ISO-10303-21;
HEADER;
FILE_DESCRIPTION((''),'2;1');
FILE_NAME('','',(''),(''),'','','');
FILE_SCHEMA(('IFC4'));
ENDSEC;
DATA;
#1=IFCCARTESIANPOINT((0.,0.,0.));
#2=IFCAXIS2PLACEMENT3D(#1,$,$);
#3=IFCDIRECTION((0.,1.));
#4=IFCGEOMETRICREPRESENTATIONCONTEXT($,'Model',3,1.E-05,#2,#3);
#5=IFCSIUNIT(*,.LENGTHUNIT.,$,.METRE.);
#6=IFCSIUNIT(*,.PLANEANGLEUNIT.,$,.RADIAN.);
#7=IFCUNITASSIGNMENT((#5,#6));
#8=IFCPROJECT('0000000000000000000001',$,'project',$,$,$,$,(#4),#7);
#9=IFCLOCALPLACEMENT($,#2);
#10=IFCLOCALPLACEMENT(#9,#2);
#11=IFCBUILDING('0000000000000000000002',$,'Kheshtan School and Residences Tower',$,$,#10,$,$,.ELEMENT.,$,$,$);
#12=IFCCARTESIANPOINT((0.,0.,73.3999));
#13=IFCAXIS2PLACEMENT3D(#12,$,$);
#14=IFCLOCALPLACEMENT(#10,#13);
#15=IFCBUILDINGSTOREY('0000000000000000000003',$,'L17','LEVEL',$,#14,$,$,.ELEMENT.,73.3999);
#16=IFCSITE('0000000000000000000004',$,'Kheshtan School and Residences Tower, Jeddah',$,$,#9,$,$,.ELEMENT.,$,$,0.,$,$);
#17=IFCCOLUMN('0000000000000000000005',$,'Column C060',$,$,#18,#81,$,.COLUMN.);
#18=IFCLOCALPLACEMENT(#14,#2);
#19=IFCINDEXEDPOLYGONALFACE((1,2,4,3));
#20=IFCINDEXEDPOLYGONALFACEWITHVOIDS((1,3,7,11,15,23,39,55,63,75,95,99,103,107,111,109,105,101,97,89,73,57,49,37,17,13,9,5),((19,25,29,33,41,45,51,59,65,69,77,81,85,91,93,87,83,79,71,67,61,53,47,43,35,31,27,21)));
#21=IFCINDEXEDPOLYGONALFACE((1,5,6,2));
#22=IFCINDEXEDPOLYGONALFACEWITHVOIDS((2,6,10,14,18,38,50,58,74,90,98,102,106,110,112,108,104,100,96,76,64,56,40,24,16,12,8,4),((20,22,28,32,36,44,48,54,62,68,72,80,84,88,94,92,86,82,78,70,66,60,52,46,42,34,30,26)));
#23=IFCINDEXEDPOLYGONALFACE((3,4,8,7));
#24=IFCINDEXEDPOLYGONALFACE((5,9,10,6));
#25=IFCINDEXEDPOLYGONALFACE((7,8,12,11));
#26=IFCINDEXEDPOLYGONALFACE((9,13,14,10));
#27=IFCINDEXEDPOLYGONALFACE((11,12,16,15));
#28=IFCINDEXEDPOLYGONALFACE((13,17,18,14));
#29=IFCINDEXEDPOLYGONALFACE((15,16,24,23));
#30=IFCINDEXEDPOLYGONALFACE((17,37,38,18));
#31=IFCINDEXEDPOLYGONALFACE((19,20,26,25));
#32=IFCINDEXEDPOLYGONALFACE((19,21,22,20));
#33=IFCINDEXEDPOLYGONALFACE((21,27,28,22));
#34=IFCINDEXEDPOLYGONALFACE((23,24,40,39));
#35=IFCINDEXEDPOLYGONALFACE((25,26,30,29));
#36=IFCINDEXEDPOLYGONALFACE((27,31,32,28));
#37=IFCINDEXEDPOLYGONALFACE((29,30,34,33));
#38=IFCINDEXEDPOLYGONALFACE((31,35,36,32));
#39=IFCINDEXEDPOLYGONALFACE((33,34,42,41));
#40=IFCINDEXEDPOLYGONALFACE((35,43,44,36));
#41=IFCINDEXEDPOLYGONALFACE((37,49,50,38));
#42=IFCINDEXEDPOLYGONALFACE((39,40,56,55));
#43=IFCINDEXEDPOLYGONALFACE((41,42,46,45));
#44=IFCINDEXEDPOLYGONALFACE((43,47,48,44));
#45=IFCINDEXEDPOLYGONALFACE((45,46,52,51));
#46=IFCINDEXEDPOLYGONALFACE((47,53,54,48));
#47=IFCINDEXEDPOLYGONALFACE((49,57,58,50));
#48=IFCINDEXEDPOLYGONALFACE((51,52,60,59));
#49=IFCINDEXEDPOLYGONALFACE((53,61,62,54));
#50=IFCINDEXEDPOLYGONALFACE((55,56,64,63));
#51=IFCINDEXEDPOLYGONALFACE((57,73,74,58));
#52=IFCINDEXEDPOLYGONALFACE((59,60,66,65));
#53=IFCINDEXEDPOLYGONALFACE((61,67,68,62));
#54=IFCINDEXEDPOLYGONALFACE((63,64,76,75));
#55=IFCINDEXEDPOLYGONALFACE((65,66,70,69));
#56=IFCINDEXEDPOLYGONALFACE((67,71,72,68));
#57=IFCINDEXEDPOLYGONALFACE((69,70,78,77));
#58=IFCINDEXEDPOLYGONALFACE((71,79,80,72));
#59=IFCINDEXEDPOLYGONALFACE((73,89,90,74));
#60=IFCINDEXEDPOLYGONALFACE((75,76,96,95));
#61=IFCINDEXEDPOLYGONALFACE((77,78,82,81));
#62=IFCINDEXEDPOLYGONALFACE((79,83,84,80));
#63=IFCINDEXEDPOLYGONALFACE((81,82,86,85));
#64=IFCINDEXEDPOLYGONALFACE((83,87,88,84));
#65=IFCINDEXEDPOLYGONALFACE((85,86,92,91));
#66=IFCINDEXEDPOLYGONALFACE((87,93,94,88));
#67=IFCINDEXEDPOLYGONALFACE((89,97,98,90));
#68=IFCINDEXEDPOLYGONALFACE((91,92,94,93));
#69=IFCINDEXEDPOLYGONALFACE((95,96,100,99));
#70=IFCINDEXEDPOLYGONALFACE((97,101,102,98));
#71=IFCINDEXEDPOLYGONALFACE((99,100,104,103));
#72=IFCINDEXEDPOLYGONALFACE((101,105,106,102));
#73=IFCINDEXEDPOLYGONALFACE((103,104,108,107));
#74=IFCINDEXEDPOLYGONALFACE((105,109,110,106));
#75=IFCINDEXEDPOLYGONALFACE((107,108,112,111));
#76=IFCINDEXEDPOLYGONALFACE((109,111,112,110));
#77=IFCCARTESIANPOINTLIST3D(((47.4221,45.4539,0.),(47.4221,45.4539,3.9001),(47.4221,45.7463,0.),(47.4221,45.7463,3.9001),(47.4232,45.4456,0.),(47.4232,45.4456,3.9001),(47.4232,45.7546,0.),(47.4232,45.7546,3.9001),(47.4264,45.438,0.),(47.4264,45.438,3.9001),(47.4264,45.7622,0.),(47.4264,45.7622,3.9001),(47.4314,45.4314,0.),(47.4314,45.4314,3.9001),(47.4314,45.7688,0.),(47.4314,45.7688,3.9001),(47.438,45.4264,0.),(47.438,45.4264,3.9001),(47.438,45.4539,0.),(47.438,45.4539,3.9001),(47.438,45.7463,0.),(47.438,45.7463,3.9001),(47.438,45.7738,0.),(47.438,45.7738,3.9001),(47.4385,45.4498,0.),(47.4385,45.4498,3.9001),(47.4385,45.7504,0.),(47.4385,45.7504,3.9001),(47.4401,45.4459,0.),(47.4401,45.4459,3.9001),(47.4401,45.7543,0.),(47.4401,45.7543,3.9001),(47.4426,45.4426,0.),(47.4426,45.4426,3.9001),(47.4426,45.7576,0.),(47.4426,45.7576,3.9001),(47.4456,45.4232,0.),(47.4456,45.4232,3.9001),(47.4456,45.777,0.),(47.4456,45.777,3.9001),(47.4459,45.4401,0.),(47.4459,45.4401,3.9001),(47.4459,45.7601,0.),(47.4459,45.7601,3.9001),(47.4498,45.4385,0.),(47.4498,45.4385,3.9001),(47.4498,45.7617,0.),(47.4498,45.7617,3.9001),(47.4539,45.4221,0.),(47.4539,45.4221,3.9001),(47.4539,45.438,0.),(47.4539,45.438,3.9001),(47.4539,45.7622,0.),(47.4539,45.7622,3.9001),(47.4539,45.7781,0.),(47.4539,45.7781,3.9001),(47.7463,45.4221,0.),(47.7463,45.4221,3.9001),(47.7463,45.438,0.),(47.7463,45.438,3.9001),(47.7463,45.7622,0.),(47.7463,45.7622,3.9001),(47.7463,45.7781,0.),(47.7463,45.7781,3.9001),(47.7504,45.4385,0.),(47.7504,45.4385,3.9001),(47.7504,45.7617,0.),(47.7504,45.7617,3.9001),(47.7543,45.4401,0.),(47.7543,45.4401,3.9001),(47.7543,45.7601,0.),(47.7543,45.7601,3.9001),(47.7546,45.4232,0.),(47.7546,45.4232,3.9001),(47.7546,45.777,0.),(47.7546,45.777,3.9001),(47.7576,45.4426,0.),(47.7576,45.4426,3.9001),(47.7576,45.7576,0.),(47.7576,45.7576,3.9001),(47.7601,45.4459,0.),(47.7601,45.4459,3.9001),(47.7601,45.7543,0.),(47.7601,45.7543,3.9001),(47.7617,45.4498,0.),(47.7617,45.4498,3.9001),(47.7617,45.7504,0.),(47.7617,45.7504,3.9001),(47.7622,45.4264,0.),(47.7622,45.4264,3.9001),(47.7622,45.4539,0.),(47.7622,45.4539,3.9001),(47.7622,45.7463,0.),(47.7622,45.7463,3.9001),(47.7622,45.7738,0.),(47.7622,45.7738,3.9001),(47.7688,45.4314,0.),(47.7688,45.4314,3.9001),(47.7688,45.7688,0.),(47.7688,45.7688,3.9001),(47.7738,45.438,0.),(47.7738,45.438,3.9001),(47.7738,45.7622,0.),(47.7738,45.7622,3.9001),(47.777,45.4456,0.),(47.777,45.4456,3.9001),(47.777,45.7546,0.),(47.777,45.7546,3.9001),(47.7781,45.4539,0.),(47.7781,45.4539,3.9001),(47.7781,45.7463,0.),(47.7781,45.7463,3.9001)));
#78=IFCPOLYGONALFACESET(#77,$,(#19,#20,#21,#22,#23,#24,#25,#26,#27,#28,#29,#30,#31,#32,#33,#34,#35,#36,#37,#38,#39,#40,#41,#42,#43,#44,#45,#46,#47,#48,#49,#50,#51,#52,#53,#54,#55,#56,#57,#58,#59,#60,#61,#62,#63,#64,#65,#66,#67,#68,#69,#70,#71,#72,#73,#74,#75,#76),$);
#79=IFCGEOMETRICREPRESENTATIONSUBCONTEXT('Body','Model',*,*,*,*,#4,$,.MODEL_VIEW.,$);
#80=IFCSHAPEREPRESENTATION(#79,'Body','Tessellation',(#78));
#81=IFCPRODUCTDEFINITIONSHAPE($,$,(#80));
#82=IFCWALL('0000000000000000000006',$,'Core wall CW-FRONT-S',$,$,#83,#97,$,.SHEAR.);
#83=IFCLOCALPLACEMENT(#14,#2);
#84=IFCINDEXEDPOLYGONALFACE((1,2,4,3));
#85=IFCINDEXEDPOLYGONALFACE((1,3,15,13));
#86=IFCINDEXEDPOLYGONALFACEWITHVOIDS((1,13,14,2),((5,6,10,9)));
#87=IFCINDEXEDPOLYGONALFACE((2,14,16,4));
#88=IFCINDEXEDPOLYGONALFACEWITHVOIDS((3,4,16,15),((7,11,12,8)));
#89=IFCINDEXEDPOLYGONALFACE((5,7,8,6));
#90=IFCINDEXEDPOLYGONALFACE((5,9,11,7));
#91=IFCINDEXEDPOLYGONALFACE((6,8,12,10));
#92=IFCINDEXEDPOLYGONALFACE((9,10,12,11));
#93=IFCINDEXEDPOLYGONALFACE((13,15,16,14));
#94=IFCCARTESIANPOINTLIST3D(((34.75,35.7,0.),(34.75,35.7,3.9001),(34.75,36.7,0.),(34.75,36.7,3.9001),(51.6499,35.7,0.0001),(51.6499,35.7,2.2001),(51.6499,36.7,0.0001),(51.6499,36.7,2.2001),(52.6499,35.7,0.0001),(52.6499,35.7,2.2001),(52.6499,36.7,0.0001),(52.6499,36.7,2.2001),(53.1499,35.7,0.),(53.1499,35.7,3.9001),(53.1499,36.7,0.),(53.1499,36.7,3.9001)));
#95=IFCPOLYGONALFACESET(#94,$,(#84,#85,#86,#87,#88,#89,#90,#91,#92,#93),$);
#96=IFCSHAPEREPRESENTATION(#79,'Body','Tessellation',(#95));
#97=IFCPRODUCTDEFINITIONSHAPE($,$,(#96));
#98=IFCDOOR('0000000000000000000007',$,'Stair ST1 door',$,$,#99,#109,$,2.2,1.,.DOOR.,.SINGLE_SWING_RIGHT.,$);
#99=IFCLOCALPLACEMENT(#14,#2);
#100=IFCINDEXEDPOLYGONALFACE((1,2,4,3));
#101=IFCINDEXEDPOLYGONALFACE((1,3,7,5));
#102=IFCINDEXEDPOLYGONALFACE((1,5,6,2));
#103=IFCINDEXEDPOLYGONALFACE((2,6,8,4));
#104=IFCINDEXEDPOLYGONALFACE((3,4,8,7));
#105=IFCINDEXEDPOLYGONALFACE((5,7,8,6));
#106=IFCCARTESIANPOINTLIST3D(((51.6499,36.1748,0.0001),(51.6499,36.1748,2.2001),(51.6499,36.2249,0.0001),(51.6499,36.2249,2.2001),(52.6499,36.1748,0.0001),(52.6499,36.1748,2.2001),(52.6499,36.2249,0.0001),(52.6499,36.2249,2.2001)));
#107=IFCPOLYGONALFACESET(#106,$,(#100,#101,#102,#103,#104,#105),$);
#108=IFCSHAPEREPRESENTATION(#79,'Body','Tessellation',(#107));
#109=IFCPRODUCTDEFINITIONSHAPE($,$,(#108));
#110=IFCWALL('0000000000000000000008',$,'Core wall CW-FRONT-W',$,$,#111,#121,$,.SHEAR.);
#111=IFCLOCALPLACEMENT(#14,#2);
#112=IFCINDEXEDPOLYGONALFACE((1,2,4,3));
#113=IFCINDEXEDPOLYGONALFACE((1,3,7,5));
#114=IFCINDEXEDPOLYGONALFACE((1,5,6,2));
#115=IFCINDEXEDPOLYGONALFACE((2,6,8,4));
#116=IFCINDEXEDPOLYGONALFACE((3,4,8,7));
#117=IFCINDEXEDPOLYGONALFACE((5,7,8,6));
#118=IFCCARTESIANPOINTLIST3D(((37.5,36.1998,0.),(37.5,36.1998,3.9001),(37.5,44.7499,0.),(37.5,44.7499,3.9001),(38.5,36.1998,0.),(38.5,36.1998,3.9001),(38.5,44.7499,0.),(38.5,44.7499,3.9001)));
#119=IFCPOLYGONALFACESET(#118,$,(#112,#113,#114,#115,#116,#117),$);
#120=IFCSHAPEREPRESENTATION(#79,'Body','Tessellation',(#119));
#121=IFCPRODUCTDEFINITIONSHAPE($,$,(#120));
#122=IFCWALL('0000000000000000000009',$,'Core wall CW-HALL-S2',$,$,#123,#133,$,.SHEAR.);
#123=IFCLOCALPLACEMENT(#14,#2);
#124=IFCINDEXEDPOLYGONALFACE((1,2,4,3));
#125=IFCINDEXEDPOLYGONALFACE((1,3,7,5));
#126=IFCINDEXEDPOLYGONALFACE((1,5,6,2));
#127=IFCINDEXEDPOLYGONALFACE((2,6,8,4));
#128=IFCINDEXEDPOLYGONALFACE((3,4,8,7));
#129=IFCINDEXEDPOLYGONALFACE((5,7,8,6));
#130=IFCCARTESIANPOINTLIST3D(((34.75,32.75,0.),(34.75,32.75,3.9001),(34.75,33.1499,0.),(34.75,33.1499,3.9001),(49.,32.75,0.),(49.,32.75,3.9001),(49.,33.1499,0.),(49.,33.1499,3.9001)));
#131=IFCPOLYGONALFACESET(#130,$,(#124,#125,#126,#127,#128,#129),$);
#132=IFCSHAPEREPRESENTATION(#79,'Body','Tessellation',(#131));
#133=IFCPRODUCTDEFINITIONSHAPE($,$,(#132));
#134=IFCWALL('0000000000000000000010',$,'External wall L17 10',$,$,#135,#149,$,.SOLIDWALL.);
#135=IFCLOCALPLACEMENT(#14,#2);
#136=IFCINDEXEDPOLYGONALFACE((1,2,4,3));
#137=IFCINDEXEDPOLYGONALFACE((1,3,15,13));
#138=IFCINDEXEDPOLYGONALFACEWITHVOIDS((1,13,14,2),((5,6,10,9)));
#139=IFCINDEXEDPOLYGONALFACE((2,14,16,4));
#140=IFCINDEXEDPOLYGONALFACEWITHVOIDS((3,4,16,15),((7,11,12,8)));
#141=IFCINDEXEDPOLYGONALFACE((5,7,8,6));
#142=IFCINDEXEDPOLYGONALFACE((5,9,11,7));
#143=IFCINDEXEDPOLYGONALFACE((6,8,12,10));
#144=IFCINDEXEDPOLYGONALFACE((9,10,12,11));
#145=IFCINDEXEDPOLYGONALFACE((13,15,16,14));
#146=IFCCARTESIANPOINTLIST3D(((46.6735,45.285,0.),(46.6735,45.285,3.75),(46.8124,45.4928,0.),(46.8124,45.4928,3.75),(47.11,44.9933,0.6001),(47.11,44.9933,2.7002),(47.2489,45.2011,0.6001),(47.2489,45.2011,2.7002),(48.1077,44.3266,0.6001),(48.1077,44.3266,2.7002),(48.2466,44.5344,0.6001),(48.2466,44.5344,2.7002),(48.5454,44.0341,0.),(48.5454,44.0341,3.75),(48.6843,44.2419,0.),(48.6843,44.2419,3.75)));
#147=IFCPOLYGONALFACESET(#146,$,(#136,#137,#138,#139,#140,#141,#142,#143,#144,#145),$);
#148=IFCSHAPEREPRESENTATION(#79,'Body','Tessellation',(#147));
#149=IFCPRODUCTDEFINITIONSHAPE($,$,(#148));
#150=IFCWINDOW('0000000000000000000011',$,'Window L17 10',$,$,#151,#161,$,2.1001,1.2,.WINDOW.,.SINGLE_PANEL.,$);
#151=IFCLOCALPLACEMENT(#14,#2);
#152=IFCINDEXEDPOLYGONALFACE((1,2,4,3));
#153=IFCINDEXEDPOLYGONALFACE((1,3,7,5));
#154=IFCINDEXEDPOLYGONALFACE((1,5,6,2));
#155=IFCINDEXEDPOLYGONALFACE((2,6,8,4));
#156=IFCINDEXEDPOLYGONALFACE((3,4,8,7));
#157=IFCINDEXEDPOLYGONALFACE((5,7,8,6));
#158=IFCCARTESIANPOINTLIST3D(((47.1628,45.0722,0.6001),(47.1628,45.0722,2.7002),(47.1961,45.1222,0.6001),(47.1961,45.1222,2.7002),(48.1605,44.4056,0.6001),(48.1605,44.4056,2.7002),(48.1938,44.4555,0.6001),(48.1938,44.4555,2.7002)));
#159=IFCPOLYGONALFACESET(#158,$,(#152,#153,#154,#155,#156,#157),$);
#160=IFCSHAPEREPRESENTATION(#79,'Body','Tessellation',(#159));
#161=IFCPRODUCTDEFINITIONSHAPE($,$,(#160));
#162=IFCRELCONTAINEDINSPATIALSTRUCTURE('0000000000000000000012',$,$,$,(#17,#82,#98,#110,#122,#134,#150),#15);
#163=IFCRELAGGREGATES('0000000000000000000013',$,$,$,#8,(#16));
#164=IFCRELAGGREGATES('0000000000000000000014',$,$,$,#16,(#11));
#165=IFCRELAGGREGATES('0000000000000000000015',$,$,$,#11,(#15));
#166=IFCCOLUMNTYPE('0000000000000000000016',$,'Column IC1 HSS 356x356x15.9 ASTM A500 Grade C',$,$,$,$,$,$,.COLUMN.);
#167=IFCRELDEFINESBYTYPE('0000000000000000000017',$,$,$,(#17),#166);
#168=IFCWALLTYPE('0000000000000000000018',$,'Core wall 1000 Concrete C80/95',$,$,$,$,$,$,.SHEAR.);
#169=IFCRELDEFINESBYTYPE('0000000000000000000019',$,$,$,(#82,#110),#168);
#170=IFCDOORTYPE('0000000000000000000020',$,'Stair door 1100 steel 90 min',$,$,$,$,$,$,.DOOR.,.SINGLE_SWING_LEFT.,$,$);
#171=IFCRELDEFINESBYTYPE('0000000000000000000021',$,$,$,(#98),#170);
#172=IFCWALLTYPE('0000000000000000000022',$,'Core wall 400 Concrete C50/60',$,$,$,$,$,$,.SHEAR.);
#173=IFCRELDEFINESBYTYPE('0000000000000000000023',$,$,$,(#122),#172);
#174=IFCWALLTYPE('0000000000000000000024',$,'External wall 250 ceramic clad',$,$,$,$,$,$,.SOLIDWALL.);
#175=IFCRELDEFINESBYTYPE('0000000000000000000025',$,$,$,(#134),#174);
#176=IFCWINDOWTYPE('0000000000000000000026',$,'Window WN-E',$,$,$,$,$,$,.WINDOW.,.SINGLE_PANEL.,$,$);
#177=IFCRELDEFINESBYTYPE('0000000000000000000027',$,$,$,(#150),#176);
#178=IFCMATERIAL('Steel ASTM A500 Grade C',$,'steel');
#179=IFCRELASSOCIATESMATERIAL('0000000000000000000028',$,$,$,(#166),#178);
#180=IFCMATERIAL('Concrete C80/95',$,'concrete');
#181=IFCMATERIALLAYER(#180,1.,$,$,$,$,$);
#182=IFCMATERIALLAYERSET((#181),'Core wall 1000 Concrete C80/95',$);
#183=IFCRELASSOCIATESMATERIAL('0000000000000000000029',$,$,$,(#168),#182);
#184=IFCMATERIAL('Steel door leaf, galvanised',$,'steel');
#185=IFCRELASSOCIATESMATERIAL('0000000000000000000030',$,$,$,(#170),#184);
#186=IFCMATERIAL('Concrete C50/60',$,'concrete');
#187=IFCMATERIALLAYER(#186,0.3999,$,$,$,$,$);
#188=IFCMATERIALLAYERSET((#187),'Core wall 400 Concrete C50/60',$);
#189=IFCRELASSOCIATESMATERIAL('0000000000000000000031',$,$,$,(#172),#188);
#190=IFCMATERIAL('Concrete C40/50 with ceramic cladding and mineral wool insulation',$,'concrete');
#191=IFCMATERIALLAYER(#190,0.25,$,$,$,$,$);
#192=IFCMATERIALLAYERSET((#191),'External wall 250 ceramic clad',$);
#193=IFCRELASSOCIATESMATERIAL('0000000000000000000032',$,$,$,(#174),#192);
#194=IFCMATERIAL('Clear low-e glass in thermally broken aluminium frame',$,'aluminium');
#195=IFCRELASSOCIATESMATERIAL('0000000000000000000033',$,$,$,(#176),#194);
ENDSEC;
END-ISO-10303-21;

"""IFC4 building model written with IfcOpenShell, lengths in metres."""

from ifc_helpers import new_model, si_unit, direction, frame, frame_2d, origin, origin_2d, place, context, subcontext, project, spatial, rectangle, hollow_rectangle, extrude, source, transform, mapped, material, layer, layer_set, material_profile, profile_set, type_object, element, fill, save


model = new_model("IFC4")

# Units and contexts
model_context = context("Model", 3, precision=1e-05, world=origin(), true_north=direction((0.0, 1.0)))
body_context = subcontext(model_context, "Body", "Model", "MODEL_VIEW")
ifc_project = project(units=[si_unit("LENGTHUNIT", "METRE"), si_unit("PLANEANGLEUNIT", "RADIAN")], contexts=[model_context])

# Site, building, storey
site_placement = place(None, origin())
site = spatial("IfcSite", under=ifc_project, at=site_placement, Name="Kheshtan School and Residences Tower, Jeddah", CompositionType="ELEMENT", RefElevation=0.0)
building_placement = place(site_placement, origin())
building = spatial("IfcBuilding", under=site, at=building_placement, Name="Kheshtan School and Residences Tower", CompositionType="ELEMENT")
storey_placement = place(building_placement, frame((0.0, 0.0, 73.3999)))
storey = spatial("IfcBuildingStorey", under=building, at=storey_placement, Name="L17", Description="LEVEL", CompositionType="ELEMENT", Elevation=73.3999)

# Column
ifc_material_1 = material(Name="Steel ASTM A500 Grade C", Category="steel")
ifc_material_profile = material_profile(ifc_material_1, hollow_rectangle(XDim=0.356, YDim=0.356, WallThickness=0.0159, InnerFilletRadius=0.0159, OuterFilletRadius=0.0317, at=origin_2d()), Name="HSS 356x356x15.9")
ifc_profile_set = profile_set([ifc_material_profile], Name="Steel ASTM A500 Grade C")
column_type = type_object("IfcColumnType", Name="Column IC1 HSS 356x356x15.9 ASTM A500 Grade C", PredefinedType="COLUMN", material=ifc_profile_set)
column_placement = place(storey_placement, frame((47.6001, 45.6001, 0.0), z_axis=(0.0, 0.0, 1.0), x_axis=(1.0, 0.0, 0.0)))
element("IfcColumn", 1, at=column_placement, inside=storey, type_object=column_type, Name="Column C060", PredefinedType="COLUMN", context=body_context, shape_type="SweptSolid", body=[
    extrude(hollow_rectangle(XDim=0.356, YDim=0.356, WallThickness=0.0159, InnerFilletRadius=0.0159, OuterFilletRadius=0.0317, at=origin_2d()), origin(), (0.0, 0.0, 1.0), 3.9001),
])

# Wall, opening, door
ifc_material_2 = material(Name="Concrete C80/95", Category="concrete")
ifc_layer_1 = layer(ifc_material_2, 1.0)
ifc_layer_set_1 = layer_set([ifc_layer_1], Name="Core wall 1000 Concrete C80/95")
wall_type_1 = type_object("IfcWallType", Name="Core wall 1000 Concrete C80/95", PredefinedType="SHEAR", material=ifc_layer_set_1)
wall_1_placement = place(storey_placement, frame((34.75, 36.2, 0.0), z_axis=(0.0, 0.0, 1.0), x_axis=(1.0, 0.0, 0.0)))
wall_1 = element("IfcWall", 2, at=wall_1_placement, inside=storey, type_object=wall_type_1, Name="Core wall CW-FRONT-S", PredefinedType="SHEAR", context=body_context, shape_type="SweptSolid", body=[
    extrude(rectangle(XDim=18.3999, YDim=1.0, at=frame_2d((9.2, 0.0))), origin(), (0.0, 0.0, 1.0), 3.9001),
])
opening_1_placement = place(wall_1_placement, frame((16.8999, 0.0, 0.0)))
opening_1 = element("IfcOpeningElement", 3, at=opening_1_placement, cuts=wall_1, PredefinedType="OPENING", context=body_context, shape_type="SweptSolid", body=[
    extrude(rectangle(XDim=1.0, YDim=2.2, at=frame_2d((0.5, 1.1001))), frame((0.0, 0.51, 0.0), z_axis=(0.0, -1.0, 0.0), x_axis=(1.0, 0.0, 0.0)), (0.0, 0.0, 1.0), 1.02),
])
ifc_material_3 = material(Name="Steel door leaf, galvanised", Category="steel")
door_type_1 = type_object("IfcDoorType", Name="Stair door 1100 steel 90 min", OperationType="SINGLE_SWING_LEFT", PredefinedType="DOOR", material=ifc_material_3)
shared_shape_1 = source(origin(), body_context, "Body", "SweptSolid", [
    extrude(rectangle(XDim=1.0, YDim=2.2, at=frame_2d((0.5, 1.1001))), frame((0.0, 0.0249, 0.0), z_axis=(0.0, -1.0, 0.0), x_axis=(1.0, 0.0, 0.0)), (0.0, 0.0, 1.0), 0.05),
])
door_1_placement = place(opening_1_placement, origin())
door_1 = element("IfcDoor", 4, at=door_1_placement, inside=storey, type_object=door_type_1, Name="Stair ST1 door", OperationType="SINGLE_SWING_RIGHT", OverallHeight=2.2, OverallWidth=1.0, PredefinedType="DOOR", context=body_context, shape_type="MappedRepresentation", body=[
    mapped(shared_shape_1, transform((0.0, 0.0, 0.0), x_axis=(1.0, 0.0, 0.0), y_axis=(0.0, 1.0, 0.0), z_axis=(0.0, 0.0, 1.0), scale=1.0)),
])
fill(opening_1, door_1)

# Walls
wall_2_placement = place(storey_placement, frame((38.0, 36.2, 0.0), z_axis=(0.0, 0.0, 1.0), x_axis=(0.0, 1.0, 0.0)))
element("IfcWall", 5, at=wall_2_placement, inside=storey, type_object=wall_type_1, Name="Core wall CW-FRONT-W", PredefinedType="SHEAR", context=body_context, shape_type="SweptSolid", body=[
    extrude(rectangle(XDim=8.55, YDim=1.0, at=frame_2d((4.2749, 0.0))), origin(), (0.0, 0.0, 1.0), 3.9001),
])
ifc_material_4 = material(Name="Concrete C50/60", Category="concrete")
ifc_layer_2 = layer(ifc_material_4, 0.3999)
ifc_layer_set_2 = layer_set([ifc_layer_2], Name="Core wall 400 Concrete C50/60")
wall_type_2 = type_object("IfcWallType", Name="Core wall 400 Concrete C50/60", PredefinedType="SHEAR", material=ifc_layer_set_2)
wall_3_placement = place(storey_placement, frame((34.75, 32.95, 0.0), z_axis=(0.0, 0.0, 1.0), x_axis=(1.0, 0.0, 0.0)))
element("IfcWall", 6, at=wall_3_placement, inside=storey, type_object=wall_type_2, Name="Core wall CW-HALL-S2", PredefinedType="SHEAR", context=body_context, shape_type="SweptSolid", body=[
    extrude(rectangle(XDim=14.25, YDim=0.3999, at=frame_2d((7.125, 0.0))), origin(), (0.0, 0.0, 1.0), 3.9001),
])

# Wall, opening, window
ifc_material_5 = material(Name="Concrete C40/50 with ceramic cladding and mineral wool insulation", Category="concrete")
ifc_layer_3 = layer(ifc_material_5, 0.25)
ifc_layer_set_3 = layer_set([ifc_layer_3], Name="External wall 250 ceramic clad")
wall_type_3 = type_object("IfcWallType", Name="External wall 250 ceramic clad", PredefinedType="SOLIDWALL", material=ifc_layer_set_3)
wall_4_placement = place(storey_placement, frame((46.7429, 45.3889, 0.0), z_axis=(0.0, 0.0, 1.0), x_axis=(0.831449, -0.555601, 0.0)))
wall_4 = element("IfcWall", 7, at=wall_4_placement, inside=storey, type_object=wall_type_3, Name="External wall L17 10", PredefinedType="SOLIDWALL", context=body_context, shape_type="SweptSolid", body=[
    extrude(rectangle(XDim=2.2515, YDim=0.25, at=frame_2d((1.1257, 0.0))), origin(), (0.0, 0.0, 1.0), 3.75),
])
opening_2_placement = place(wall_4_placement, frame((0.5249, 0.0, 0.6001)))
opening_2 = element("IfcOpeningElement", 8, at=opening_2_placement, cuts=wall_4, PredefinedType="OPENING", context=body_context, shape_type="SweptSolid", body=[
    extrude(rectangle(XDim=1.2, YDim=2.1001, at=frame_2d((0.6001, 1.05))), frame((0.0, 0.135, 0.0), z_axis=(0.0, -1.0, 0.0), x_axis=(1.0, 0.0, 0.0)), (0.0, 0.0, 1.0), 0.27),
])
ifc_material_6 = material(Name="Clear low-e glass in thermally broken aluminium frame", Category="aluminium")
window_type = type_object("IfcWindowType", Name="Window WN-E", PartitioningType="SINGLE_PANEL", PredefinedType="WINDOW", material=ifc_material_6)
shared_shape_2 = source(origin(), body_context, "Body", "SweptSolid", [
    extrude(rectangle(XDim=1.2, YDim=2.1001, at=frame_2d((0.6001, 1.05))), frame((0.0, 0.03, 0.0), z_axis=(0.0, -1.0, 0.0), x_axis=(1.0, 0.0, 0.0)), (0.0, 0.0, 1.0), 0.0601),
])
window_placement = place(opening_2_placement, origin())
window = element("IfcWindow", 9, at=window_placement, inside=storey, type_object=window_type, Name="Window L17 10", OverallHeight=2.1001, OverallWidth=1.2, PartitioningType="SINGLE_PANEL", PredefinedType="WINDOW", context=body_context, shape_type="MappedRepresentation", body=[
    mapped(shared_shape_2, transform((0.0, 0.0, 0.0), x_axis=(1.0, 0.0, 0.0), y_axis=(0.0, 1.0, 0.0), z_axis=(0.0, 0.0, 1.0), scale=1.0)),
])
fill(opening_2, window)

save(model, "model.ifc")
